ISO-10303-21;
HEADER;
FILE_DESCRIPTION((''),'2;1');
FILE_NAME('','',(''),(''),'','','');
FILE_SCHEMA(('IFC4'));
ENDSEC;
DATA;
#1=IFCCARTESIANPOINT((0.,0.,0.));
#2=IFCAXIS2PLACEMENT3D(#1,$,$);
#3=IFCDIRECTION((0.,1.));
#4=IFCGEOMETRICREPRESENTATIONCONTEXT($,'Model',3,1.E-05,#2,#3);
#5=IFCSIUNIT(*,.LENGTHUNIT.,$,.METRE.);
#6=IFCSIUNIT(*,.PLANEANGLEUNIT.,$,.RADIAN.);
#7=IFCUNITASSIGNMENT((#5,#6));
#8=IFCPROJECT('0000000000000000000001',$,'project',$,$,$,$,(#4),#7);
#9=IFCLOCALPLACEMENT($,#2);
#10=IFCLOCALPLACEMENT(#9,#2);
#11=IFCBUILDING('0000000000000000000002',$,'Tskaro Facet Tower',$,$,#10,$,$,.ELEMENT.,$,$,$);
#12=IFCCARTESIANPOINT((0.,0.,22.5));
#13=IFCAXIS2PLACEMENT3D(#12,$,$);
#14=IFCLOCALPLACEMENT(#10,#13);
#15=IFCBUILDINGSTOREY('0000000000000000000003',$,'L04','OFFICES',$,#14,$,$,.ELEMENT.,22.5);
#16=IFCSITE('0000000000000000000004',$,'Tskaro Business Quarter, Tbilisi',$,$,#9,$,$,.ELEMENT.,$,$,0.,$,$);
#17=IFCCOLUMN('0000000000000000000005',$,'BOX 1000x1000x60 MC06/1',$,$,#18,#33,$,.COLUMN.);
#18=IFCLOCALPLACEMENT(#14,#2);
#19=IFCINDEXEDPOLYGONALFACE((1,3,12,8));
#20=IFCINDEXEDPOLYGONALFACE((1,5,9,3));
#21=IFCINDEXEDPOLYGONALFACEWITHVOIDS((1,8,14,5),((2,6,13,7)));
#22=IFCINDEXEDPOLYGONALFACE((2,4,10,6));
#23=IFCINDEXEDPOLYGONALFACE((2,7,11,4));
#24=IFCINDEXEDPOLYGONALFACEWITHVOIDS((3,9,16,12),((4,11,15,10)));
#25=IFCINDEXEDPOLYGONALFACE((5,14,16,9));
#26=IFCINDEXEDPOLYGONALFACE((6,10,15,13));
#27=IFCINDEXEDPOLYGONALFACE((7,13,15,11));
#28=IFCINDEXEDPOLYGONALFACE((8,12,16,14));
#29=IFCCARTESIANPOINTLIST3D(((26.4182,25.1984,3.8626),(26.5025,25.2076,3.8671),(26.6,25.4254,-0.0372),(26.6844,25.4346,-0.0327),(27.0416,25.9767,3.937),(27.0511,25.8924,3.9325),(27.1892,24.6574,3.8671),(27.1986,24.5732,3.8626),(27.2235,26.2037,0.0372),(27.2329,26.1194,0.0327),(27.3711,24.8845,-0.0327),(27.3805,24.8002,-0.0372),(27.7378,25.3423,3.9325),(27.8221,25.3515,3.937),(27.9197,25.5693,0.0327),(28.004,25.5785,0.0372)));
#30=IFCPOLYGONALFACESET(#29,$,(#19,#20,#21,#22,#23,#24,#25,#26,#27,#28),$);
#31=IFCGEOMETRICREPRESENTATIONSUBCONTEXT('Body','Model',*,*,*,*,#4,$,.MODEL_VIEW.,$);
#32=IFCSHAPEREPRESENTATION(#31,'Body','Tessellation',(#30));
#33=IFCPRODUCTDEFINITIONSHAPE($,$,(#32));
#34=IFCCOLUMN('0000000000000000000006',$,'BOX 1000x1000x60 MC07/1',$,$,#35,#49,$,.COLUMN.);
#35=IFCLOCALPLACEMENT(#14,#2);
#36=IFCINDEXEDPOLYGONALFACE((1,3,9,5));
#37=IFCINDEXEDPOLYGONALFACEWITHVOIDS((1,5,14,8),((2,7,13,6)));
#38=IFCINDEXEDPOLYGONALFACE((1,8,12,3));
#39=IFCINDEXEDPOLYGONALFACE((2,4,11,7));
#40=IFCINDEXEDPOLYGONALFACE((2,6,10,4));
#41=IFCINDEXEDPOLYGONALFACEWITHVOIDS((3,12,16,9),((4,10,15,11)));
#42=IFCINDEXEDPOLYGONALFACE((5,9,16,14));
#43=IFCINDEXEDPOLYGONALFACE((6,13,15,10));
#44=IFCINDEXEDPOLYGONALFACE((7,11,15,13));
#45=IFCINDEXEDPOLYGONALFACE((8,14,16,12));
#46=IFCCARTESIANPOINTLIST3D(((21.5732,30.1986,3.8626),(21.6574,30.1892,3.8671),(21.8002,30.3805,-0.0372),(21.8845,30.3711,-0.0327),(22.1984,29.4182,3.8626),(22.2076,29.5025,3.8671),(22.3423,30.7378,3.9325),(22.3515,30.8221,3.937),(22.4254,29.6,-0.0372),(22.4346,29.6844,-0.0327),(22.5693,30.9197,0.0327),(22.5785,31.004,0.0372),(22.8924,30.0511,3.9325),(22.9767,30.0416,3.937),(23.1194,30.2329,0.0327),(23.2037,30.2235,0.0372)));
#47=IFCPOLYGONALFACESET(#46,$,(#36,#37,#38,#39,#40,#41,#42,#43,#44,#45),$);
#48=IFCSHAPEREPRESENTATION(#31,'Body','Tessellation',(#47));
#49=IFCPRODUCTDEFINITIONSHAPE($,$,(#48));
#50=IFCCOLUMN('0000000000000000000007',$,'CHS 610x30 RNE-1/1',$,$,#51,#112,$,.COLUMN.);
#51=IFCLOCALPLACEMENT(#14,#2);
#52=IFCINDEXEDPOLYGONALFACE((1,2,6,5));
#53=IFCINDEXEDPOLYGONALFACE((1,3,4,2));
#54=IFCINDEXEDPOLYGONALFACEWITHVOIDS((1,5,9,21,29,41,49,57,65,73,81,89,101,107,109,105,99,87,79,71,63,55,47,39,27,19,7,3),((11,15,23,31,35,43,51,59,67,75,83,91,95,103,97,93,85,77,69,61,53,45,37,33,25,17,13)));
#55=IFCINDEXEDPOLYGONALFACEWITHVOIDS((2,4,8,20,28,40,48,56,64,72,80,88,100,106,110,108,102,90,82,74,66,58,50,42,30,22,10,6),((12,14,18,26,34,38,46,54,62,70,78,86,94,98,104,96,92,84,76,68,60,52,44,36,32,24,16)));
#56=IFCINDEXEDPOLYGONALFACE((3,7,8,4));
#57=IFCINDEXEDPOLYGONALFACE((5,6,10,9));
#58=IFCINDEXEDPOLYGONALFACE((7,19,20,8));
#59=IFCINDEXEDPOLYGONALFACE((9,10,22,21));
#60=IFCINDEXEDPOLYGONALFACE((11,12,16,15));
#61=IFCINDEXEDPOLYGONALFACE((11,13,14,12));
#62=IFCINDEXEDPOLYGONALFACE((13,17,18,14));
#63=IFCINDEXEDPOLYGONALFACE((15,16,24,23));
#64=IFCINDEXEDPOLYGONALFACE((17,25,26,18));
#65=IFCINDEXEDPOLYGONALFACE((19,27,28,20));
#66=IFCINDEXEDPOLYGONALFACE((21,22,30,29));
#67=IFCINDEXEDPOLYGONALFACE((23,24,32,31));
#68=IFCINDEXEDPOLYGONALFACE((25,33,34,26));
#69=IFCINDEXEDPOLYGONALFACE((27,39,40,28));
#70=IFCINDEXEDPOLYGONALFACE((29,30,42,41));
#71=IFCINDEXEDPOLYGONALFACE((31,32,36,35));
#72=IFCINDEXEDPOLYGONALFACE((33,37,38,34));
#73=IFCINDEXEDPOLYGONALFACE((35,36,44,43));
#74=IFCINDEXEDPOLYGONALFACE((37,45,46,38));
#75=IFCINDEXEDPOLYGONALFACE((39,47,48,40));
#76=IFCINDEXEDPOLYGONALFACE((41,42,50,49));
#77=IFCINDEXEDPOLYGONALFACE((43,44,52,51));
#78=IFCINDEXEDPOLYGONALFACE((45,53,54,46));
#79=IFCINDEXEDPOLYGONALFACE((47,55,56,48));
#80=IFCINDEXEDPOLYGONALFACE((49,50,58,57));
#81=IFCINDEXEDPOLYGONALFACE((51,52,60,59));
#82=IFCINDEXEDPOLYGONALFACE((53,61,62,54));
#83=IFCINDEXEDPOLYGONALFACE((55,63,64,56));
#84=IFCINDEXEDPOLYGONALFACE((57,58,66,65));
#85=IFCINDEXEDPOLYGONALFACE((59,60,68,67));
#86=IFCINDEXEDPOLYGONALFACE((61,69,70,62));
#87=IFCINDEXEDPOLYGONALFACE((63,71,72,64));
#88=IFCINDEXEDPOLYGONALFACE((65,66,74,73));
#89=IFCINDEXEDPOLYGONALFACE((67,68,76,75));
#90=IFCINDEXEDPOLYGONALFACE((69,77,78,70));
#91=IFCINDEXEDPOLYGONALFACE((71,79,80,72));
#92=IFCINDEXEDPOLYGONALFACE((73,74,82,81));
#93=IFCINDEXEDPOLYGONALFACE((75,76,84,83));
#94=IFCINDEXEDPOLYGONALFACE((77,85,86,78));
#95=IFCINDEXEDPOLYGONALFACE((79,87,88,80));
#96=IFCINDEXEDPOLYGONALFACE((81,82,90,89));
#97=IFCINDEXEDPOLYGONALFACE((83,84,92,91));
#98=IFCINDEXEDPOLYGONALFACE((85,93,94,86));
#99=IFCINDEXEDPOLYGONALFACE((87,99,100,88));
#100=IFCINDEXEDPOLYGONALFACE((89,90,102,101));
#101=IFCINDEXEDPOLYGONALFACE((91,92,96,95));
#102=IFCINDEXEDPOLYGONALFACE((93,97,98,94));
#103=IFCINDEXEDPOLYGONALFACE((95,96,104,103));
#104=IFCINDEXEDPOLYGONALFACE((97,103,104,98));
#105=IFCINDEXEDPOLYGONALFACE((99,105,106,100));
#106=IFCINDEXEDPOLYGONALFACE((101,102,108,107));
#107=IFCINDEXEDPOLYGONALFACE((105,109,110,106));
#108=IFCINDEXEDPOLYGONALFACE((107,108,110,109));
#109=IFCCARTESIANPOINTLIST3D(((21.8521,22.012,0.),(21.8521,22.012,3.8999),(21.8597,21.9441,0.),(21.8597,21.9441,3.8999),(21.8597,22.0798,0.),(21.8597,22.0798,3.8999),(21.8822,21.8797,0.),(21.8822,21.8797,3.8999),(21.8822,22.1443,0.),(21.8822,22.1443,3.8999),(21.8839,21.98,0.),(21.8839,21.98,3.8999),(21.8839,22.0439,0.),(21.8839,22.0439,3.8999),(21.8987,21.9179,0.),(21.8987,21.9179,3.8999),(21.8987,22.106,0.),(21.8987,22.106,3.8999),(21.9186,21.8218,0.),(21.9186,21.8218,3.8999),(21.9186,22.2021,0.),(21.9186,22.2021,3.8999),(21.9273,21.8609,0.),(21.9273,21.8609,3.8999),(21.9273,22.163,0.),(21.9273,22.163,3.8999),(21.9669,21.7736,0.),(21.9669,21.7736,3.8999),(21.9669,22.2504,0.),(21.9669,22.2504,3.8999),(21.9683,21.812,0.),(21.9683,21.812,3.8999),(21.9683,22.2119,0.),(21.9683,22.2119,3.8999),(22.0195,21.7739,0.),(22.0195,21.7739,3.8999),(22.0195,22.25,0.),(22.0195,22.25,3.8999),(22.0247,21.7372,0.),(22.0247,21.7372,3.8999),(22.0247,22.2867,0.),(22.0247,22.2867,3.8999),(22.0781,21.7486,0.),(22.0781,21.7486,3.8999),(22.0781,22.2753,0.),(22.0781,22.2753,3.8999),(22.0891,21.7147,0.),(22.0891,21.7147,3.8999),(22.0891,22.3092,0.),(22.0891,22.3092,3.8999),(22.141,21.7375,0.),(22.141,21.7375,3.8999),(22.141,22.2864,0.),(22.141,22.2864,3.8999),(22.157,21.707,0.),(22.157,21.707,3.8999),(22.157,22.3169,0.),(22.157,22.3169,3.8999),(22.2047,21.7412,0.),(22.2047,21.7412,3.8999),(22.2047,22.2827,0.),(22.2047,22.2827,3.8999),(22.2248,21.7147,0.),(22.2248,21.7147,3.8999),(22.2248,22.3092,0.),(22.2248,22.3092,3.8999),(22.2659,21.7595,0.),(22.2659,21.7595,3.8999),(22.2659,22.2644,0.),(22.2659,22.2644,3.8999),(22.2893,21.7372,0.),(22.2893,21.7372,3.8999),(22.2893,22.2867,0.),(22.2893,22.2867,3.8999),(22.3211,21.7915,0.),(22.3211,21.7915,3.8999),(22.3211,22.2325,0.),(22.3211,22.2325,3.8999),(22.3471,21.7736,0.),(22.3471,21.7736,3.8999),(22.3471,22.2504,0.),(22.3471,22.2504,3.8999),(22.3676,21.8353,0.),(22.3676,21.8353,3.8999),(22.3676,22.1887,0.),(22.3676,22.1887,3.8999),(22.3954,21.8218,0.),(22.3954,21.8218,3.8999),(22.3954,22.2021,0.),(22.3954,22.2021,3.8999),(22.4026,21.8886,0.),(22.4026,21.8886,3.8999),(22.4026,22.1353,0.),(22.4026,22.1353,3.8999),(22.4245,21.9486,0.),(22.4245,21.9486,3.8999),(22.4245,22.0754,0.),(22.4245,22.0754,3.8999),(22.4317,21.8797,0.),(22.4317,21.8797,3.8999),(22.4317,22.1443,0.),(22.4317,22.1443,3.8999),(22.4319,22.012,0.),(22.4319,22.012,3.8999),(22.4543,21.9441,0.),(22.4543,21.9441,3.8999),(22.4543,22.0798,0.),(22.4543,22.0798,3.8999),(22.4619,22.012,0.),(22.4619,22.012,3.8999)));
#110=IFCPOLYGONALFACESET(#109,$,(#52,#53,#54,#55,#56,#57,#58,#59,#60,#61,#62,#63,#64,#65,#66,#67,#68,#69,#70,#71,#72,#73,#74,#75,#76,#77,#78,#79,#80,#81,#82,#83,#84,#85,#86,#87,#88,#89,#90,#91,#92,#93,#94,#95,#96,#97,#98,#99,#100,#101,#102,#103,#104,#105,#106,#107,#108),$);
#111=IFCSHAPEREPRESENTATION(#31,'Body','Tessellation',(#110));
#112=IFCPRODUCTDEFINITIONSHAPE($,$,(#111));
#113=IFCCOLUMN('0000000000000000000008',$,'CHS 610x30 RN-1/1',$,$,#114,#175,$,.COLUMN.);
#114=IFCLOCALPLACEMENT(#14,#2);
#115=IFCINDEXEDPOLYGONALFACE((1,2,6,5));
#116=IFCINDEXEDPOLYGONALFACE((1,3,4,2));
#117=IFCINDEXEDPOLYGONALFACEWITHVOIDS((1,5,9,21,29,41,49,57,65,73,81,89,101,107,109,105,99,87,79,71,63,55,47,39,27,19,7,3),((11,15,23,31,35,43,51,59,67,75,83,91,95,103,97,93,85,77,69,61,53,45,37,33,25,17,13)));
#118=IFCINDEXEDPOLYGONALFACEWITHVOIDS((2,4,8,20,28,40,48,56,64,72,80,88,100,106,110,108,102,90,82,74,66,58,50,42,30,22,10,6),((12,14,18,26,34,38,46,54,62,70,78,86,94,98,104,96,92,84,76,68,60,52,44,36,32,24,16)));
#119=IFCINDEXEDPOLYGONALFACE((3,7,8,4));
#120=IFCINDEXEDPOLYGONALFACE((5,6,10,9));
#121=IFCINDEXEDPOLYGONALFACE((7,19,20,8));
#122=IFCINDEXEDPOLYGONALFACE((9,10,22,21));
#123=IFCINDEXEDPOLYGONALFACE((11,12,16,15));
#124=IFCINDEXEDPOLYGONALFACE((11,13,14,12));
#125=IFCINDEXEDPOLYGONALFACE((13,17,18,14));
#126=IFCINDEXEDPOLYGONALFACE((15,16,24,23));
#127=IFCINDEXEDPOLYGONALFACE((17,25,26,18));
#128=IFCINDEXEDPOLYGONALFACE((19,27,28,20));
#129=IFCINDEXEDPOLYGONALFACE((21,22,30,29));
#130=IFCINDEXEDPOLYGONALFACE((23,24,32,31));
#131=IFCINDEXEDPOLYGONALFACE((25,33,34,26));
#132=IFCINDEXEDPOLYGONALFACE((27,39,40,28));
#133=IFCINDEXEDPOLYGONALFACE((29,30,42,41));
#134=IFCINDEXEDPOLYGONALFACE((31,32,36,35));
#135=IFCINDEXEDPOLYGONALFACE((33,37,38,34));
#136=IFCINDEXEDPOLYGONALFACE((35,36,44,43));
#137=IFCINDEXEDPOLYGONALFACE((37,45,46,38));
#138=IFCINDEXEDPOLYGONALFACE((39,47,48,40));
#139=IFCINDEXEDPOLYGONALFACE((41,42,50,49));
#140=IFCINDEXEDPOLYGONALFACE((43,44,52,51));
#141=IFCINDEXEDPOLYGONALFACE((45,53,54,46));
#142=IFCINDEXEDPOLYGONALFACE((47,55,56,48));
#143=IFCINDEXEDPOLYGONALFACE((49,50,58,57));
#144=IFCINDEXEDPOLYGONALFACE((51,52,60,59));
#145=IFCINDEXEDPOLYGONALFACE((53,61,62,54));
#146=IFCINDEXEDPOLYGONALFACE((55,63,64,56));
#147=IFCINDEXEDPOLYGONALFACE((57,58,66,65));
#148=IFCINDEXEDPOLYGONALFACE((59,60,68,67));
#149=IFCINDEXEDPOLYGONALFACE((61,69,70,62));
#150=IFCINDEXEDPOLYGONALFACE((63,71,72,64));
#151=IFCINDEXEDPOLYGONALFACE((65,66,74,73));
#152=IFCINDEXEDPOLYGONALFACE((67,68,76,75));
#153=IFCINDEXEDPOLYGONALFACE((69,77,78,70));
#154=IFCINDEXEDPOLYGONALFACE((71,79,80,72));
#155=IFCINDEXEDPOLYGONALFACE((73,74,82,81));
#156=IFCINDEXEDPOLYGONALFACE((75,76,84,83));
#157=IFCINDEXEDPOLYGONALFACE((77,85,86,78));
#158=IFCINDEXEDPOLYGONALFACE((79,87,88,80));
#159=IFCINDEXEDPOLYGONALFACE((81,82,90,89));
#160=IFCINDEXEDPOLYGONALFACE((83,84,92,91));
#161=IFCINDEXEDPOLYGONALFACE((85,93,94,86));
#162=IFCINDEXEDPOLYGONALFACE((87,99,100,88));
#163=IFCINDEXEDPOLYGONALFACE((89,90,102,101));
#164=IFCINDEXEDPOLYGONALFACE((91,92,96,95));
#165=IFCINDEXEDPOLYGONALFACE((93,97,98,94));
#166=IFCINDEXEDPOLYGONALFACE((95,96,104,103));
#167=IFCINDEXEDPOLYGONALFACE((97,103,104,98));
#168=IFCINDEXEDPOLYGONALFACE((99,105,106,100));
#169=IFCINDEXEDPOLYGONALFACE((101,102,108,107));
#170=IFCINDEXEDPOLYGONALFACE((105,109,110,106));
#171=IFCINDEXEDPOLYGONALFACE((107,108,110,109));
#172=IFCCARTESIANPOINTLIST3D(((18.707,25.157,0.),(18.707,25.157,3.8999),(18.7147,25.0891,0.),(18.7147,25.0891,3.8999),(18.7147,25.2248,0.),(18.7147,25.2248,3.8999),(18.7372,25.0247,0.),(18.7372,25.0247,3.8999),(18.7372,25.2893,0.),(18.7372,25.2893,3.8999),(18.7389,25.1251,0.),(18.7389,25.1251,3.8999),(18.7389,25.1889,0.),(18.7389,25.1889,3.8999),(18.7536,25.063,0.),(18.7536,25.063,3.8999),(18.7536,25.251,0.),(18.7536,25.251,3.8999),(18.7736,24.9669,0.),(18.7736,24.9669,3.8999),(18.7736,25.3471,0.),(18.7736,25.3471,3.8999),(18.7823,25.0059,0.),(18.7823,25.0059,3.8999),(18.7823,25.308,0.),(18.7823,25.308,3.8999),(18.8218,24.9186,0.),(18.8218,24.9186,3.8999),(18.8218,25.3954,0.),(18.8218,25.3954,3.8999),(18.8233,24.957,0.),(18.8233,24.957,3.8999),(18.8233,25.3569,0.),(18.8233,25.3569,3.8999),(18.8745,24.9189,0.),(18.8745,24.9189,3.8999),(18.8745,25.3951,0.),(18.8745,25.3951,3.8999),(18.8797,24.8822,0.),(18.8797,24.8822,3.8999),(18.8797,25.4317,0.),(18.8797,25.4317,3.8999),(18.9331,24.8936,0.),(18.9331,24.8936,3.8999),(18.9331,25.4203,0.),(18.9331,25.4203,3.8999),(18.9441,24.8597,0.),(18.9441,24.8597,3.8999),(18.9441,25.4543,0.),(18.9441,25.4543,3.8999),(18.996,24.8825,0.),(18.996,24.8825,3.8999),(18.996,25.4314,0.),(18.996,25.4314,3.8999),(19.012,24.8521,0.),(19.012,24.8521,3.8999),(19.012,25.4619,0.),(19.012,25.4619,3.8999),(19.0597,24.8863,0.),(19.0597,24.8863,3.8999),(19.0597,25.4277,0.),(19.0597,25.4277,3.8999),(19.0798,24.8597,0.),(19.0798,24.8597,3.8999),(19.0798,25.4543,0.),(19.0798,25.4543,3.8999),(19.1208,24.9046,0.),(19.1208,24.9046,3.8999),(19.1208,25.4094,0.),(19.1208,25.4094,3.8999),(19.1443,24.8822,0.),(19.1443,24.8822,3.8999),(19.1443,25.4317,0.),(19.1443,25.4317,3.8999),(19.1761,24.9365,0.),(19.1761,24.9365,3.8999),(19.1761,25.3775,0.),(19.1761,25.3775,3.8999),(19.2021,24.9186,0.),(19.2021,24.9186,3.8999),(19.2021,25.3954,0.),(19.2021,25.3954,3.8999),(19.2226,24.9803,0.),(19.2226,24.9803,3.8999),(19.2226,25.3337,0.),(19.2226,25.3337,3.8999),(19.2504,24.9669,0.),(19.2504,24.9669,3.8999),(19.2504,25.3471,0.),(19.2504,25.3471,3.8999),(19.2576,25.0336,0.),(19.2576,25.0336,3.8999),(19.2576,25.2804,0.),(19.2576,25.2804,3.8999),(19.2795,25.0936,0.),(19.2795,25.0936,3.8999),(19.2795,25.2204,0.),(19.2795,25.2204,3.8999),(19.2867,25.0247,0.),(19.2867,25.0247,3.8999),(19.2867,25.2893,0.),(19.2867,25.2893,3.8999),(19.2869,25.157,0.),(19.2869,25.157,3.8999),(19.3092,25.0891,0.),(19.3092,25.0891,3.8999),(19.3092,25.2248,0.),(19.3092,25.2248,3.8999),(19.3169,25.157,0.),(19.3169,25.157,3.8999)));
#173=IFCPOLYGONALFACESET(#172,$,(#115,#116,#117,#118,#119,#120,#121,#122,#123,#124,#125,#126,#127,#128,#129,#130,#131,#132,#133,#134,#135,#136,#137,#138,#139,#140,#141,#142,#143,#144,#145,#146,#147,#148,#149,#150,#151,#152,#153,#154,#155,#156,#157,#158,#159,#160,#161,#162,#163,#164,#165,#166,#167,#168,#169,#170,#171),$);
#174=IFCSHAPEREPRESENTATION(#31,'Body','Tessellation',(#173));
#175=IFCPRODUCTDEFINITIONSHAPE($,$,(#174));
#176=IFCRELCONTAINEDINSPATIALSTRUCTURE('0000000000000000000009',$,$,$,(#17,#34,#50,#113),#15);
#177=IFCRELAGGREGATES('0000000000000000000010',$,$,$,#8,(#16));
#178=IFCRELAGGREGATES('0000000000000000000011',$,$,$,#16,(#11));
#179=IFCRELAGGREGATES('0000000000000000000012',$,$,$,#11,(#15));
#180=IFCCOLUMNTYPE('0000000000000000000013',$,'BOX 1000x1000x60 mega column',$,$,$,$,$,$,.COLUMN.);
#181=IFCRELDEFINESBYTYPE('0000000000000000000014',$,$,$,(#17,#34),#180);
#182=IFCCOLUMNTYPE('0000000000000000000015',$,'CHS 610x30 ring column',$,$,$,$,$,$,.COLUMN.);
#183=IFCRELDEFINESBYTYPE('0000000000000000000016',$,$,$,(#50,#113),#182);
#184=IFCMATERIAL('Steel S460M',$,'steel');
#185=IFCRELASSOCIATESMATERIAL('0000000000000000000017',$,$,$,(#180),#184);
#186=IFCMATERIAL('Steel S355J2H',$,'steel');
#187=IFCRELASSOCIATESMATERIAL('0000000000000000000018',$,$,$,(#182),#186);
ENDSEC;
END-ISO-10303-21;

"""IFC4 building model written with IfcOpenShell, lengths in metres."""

from ifc_helpers import new_model, si_unit, direction, frame, origin, origin_2d, place, context, subcontext, project, spatial, hollow_rectangle, hollow_circle, extrude, material, material_profile, profile_set, type_object, element, save


model = new_model("IFC4")

# Units and contexts
model_context = context("Model", 3, precision=1e-05, world=origin(), true_north=direction((0.0, 1.0)))
body_context = subcontext(model_context, "Body", "Model", "MODEL_VIEW")
ifc_project = project(units=[si_unit("LENGTHUNIT", "METRE"), si_unit("PLANEANGLEUNIT", "RADIAN")], contexts=[model_context])

# Site, building, storey
site_placement = place(None, origin())
site = spatial("IfcSite", under=ifc_project, at=site_placement, Name="Tskaro Business Quarter, Tbilisi", CompositionType="ELEMENT", RefElevation=0.0)
building_placement = place(site_placement, origin())
building = spatial("IfcBuilding", under=site, at=building_placement, Name="Tskaro Facet Tower", CompositionType="ELEMENT")
storey_placement = place(building_placement, frame((0.0, 0.0, 22.5)))
storey = spatial("IfcBuildingStorey", under=building, at=storey_placement, Name="L04", Description="OFFICES", CompositionType="ELEMENT", Elevation=22.5)

# Columns
ifc_material_1 = material(Name="Steel S460M", Category="steel")
ifc_material_profile_1 = material_profile(ifc_material_1, hollow_rectangle(XDim=1.0, YDim=1.0, WallThickness=0.0601, at=origin_2d()), Name="BOX 1000x1000x60")
ifc_profile_set_1 = profile_set([ifc_material_profile_1], Name="Steel S460M")
column_type_1 = type_object("IfcColumnType", Name="BOX 1000x1000x60 mega column", PredefinedType="COLUMN", material=ifc_profile_set_1)
for number, where, z_axis, x_axis, name in (
    (1, (27.302, 25.502, 0.0), (-0.046509, -0.058058, 0.997229), (0.780459, -0.625207, 0.0), "BOX 1000x1000x60 MC06/1"),
    (2, (22.502, 30.302, 0.0), (-0.058058, -0.046509, 0.997229), (0.625207, -0.780459, 0.0), "BOX 1000x1000x60 MC07/1"),
):
    element("IfcColumn", number, at=place(storey_placement, frame(where, z_axis=z_axis, x_axis=x_axis)), inside=storey, type_object=column_type_1, Name=name, PredefinedType="COLUMN", context=body_context, shape_type="SweptSolid", body=[
        extrude(hollow_rectangle(XDim=1.0, YDim=1.0, WallThickness=0.0601, at=origin_2d()), origin(), (0.0, 0.0, 1.0), 3.9106),
    ])
ifc_material_2 = material(Name="Steel S355J2H", Category="steel")
ifc_material_profile_2 = material_profile(ifc_material_2, hollow_circle(Radius=0.3049, WallThickness=0.03, at=origin_2d()), Name="CHS 610x30")
ifc_profile_set_2 = profile_set([ifc_material_profile_2], Name="Steel S355J2H")
column_type_2 = type_object("IfcColumnType", Name="CHS 610x30 ring column", PredefinedType="COLUMN", material=ifc_profile_set_2)
for number, where, z_axis, x_axis, name in (
    (3, (22.157, 22.012, 0.0), (0.0, 0.0, 1.0), (1.0, 0.0, 0.0), "CHS 610x30 RNE-1/1"),
    (4, (19.012, 25.157, 0.0), (0.0, 0.0, 1.0), (1.0, 0.0, 0.0), "CHS 610x30 RN-1/1"),
):
    element("IfcColumn", number, at=place(storey_placement, frame(where, z_axis=z_axis, x_axis=x_axis)), inside=storey, type_object=column_type_2, Name=name, PredefinedType="COLUMN", context=body_context, shape_type="SweptSolid", body=[
        extrude(hollow_circle(Radius=0.3049, WallThickness=0.03, at=origin_2d()), origin(), (0.0, 0.0, 1.0), 3.8999),
    ])

save(model, "model.ifc")
